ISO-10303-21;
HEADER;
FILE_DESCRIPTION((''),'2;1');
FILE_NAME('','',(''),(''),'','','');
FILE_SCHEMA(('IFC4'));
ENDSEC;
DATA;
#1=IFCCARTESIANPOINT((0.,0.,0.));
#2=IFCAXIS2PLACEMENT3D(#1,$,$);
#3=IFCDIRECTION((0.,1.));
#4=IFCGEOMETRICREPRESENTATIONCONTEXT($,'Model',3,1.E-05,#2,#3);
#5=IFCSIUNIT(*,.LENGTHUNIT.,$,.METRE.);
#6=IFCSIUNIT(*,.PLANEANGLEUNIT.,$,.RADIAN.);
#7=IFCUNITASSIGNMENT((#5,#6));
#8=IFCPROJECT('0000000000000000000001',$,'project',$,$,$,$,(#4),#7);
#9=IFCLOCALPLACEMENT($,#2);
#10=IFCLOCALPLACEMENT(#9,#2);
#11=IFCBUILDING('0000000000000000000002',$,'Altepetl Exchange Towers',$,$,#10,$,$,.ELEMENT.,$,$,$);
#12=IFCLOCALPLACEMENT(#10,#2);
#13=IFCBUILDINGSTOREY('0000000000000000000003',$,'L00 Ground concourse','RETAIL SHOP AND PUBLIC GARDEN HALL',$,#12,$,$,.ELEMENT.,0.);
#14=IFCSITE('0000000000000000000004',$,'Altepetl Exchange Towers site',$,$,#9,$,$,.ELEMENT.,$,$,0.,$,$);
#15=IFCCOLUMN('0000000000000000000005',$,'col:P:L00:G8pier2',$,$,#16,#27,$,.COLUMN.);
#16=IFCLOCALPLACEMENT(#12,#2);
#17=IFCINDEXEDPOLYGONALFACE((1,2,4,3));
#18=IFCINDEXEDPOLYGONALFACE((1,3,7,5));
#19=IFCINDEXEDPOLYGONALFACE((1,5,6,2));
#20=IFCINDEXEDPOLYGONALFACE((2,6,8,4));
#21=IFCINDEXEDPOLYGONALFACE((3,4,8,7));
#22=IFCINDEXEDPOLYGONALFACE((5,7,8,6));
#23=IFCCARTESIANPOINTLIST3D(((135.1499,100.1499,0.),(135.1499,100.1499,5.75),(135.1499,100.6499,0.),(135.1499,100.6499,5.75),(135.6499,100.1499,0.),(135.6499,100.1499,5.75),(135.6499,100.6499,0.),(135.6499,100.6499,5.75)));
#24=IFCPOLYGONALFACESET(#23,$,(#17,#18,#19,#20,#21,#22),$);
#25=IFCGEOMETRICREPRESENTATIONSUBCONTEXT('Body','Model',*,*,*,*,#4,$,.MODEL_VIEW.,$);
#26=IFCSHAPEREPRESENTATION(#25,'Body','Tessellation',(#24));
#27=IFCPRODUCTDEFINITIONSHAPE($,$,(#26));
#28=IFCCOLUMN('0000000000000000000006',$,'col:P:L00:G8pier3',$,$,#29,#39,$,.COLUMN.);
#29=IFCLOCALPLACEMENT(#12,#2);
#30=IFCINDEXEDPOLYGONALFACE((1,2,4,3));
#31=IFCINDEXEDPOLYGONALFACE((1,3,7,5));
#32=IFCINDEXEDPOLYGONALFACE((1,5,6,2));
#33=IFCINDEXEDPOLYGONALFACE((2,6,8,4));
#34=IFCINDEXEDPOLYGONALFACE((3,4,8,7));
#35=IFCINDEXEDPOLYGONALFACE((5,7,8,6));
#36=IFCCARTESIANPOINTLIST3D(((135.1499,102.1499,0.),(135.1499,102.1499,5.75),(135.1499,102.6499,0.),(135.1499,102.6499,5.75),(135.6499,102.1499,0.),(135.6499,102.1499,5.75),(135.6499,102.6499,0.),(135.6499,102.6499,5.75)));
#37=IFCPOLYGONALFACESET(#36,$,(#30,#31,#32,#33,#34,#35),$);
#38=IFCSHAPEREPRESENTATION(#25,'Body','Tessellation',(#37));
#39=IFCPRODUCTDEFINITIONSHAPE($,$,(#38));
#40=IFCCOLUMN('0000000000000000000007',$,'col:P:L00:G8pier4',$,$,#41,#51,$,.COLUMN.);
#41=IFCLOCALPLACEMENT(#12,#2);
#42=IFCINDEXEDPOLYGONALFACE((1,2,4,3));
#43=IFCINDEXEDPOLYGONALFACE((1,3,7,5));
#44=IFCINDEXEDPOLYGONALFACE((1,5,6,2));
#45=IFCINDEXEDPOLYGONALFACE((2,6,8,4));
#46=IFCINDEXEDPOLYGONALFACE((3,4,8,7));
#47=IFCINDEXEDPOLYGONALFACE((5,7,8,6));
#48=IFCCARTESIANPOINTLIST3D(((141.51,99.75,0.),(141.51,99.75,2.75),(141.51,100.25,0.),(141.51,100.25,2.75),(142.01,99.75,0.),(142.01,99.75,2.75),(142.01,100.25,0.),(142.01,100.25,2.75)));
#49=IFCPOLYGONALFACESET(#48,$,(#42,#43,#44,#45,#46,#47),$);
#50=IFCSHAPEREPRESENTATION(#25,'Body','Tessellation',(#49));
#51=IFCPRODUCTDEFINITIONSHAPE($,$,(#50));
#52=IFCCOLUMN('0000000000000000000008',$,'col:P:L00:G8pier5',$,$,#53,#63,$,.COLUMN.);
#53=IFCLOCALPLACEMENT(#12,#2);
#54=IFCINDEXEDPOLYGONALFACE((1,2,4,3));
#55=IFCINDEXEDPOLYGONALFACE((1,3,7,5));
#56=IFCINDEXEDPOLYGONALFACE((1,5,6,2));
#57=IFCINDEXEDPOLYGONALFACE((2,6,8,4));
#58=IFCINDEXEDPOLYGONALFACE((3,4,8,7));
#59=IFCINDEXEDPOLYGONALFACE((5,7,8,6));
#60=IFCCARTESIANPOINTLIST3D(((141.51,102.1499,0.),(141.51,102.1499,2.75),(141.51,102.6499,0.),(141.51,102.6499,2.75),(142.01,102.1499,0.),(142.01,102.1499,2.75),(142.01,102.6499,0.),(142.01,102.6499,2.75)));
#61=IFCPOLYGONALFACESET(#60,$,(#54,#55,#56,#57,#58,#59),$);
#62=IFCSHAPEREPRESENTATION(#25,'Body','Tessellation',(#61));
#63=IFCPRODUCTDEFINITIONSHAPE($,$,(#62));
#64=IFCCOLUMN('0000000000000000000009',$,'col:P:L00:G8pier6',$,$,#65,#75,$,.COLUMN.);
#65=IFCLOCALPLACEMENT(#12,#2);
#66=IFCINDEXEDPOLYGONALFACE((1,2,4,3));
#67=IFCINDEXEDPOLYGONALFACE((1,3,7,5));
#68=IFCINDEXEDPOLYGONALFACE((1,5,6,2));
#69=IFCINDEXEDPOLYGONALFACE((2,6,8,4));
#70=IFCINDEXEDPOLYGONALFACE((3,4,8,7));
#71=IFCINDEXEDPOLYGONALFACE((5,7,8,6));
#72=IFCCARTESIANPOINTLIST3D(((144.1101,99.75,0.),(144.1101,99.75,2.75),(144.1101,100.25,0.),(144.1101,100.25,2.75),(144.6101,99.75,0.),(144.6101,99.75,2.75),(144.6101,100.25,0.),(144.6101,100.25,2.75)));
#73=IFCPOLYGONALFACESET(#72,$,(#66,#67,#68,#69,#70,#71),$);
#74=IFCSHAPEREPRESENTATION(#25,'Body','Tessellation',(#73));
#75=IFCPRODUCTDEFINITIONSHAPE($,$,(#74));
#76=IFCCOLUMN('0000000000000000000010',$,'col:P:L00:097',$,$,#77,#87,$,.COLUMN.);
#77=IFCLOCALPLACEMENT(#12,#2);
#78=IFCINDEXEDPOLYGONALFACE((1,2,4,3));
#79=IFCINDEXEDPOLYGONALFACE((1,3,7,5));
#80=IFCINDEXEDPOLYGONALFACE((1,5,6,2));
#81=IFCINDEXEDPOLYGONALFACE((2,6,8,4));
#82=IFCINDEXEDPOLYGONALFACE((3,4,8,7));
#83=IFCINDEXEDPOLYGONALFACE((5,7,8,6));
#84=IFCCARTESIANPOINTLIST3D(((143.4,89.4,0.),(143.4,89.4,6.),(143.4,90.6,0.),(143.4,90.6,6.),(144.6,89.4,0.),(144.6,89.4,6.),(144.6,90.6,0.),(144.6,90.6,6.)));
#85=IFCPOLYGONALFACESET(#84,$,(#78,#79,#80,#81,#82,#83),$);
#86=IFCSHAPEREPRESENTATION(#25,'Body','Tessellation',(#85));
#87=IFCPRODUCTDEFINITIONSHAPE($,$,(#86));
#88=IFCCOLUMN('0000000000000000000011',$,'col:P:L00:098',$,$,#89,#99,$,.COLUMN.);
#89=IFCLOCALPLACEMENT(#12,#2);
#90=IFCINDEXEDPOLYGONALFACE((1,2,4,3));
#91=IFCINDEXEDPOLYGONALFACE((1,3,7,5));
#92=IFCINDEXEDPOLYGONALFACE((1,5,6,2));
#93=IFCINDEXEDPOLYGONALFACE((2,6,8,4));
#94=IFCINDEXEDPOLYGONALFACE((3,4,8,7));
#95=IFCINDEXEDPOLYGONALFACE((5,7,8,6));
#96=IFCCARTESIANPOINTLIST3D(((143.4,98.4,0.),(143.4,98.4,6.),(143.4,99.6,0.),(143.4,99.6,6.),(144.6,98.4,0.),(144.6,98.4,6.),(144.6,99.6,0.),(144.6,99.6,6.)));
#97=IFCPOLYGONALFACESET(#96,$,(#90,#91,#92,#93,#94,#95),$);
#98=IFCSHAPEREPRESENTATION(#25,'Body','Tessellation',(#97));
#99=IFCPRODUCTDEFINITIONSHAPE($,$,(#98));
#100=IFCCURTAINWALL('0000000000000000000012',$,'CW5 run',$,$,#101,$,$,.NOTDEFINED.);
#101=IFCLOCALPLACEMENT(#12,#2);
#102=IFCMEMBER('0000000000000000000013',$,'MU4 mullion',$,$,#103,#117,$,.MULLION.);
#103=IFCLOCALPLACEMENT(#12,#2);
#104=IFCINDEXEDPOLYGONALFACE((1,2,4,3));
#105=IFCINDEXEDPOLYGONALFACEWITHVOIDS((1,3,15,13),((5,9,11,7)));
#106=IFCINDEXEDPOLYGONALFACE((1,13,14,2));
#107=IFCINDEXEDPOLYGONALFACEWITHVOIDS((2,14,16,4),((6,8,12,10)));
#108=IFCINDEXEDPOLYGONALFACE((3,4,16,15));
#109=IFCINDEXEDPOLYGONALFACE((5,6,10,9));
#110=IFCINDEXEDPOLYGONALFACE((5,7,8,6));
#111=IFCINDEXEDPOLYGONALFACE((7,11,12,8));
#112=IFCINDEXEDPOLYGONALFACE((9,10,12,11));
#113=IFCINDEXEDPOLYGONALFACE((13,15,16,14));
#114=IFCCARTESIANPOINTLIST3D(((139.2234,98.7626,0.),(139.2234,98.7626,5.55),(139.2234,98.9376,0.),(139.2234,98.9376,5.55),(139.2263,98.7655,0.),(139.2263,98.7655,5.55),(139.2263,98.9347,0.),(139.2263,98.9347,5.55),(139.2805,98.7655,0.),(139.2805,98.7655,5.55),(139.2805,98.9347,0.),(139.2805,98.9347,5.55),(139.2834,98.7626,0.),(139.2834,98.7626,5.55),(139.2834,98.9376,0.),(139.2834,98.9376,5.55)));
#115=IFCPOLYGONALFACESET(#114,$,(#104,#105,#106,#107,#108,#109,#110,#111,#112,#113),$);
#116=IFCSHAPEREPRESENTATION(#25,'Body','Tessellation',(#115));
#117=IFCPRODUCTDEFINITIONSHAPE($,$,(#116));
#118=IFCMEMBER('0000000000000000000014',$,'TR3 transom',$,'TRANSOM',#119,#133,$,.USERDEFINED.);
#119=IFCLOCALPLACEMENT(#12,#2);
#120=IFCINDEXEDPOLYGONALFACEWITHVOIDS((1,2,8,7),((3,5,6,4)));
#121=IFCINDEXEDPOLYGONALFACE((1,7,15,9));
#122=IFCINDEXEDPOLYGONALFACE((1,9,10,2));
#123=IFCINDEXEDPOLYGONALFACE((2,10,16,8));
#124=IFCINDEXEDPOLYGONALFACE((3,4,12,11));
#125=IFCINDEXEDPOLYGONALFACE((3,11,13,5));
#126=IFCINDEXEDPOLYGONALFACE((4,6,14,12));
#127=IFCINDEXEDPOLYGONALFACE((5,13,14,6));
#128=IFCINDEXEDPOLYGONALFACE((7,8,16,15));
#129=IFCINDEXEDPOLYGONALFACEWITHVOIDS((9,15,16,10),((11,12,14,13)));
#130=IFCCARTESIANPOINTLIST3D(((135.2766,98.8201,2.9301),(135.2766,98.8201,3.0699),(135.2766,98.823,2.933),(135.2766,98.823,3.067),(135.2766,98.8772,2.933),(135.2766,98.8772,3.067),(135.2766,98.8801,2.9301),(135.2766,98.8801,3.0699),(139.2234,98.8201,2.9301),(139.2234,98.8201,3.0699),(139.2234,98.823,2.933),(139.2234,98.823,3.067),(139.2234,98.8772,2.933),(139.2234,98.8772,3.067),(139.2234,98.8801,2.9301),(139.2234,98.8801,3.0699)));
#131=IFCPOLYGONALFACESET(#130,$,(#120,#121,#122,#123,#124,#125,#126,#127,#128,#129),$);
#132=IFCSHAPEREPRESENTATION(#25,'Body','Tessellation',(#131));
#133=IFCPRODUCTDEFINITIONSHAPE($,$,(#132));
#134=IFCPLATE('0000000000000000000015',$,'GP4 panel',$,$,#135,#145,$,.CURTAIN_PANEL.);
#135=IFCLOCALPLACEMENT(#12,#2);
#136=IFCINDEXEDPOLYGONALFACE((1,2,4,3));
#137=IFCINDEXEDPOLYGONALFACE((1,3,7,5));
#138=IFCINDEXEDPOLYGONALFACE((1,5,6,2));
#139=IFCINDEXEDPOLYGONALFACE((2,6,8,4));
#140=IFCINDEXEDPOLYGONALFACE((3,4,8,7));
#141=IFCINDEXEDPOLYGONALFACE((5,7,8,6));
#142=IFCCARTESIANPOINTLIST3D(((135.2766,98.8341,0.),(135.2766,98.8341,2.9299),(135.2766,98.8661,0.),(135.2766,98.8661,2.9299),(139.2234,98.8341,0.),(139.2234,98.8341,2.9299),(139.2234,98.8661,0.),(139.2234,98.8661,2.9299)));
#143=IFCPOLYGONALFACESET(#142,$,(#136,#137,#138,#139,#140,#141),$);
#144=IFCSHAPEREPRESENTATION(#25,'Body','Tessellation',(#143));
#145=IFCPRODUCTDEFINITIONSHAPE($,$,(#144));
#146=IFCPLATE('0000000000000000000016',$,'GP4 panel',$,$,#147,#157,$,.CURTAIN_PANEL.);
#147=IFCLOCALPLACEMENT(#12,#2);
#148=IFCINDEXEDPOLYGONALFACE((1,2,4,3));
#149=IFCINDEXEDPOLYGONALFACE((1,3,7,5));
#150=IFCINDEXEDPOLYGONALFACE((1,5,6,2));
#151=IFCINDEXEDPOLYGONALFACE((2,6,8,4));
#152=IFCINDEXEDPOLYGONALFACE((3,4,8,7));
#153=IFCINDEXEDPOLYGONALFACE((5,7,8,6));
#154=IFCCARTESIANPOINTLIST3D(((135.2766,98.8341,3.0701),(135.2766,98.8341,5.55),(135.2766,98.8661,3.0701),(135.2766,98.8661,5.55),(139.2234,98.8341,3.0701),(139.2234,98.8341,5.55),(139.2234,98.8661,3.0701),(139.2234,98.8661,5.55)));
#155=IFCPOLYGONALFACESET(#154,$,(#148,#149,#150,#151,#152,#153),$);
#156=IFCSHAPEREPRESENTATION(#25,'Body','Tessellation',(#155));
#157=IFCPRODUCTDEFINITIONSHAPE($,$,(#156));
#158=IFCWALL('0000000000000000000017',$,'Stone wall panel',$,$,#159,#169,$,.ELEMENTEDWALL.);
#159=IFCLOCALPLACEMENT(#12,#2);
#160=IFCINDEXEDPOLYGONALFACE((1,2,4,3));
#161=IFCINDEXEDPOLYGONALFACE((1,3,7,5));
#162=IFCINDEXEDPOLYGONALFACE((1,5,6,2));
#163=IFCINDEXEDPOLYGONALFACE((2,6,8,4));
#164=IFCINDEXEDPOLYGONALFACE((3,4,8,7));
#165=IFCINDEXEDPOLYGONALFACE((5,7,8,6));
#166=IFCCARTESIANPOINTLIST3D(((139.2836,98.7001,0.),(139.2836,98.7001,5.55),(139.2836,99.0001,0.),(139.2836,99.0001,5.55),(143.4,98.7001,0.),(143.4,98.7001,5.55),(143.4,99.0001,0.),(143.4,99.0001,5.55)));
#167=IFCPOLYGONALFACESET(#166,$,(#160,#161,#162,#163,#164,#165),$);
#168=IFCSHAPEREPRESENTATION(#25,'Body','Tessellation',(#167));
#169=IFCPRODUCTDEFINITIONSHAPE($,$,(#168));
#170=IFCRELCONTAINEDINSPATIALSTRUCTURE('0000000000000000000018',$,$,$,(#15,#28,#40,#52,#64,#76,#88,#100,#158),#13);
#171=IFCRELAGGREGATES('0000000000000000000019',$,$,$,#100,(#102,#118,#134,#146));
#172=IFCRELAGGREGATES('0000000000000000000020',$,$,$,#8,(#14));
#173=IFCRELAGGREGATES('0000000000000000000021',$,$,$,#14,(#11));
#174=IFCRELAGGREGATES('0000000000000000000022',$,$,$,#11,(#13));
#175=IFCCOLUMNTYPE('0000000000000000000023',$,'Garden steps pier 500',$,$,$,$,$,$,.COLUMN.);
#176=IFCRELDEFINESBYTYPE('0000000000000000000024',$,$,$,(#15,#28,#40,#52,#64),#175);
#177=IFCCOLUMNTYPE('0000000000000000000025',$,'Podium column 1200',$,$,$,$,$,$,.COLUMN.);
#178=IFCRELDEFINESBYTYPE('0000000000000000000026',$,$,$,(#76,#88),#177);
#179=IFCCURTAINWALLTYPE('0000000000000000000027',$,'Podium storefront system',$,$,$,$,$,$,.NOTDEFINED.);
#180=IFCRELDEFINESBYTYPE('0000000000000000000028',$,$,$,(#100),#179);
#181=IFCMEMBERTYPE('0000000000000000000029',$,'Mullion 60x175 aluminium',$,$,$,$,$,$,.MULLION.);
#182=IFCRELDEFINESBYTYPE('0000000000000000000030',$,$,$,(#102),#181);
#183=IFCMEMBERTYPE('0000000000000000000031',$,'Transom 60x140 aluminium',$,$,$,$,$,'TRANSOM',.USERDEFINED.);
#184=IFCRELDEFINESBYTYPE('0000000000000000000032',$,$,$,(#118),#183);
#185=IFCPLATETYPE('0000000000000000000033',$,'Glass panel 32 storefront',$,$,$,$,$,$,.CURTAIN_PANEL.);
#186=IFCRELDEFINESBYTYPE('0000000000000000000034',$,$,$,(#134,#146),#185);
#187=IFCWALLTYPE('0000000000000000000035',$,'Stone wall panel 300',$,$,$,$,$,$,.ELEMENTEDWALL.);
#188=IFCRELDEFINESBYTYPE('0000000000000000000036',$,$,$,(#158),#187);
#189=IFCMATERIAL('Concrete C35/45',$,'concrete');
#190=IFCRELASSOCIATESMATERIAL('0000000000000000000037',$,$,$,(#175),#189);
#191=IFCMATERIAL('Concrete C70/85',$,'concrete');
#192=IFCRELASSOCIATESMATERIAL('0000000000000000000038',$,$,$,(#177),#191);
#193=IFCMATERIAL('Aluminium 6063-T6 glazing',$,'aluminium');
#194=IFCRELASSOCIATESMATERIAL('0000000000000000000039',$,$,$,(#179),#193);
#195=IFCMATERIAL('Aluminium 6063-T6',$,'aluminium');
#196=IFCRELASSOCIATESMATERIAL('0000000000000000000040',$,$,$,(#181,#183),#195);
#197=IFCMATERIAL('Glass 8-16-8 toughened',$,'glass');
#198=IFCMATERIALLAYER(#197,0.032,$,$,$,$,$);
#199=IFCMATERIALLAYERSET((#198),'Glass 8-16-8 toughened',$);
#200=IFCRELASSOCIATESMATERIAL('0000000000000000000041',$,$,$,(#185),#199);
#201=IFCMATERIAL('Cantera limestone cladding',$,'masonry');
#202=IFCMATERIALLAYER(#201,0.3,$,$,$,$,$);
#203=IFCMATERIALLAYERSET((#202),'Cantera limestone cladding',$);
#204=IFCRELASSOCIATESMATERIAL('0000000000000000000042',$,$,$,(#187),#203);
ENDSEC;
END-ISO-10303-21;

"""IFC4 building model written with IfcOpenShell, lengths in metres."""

from ifc_helpers import new_model, si_unit, direction, frame, frame_2d, origin, origin_2d, place, context, subcontext, project, spatial, rectangle, hollow_rectangle, extrude, material, layer, layer_set, material_profile, profile_set, type_object, element, aggregate, save


model = new_model("IFC4")

# Units and contexts
model_context = context("Model", 3, precision=1e-05, world=origin(), true_north=direction((0.0, 1.0)))
body_context = subcontext(model_context, "Body", "Model", "MODEL_VIEW")
ifc_project = project(units=[si_unit("LENGTHUNIT", "METRE"), si_unit("PLANEANGLEUNIT", "RADIAN")], contexts=[model_context])

# Site, building, storey
site_placement = place(None, origin())
site = spatial("IfcSite", under=ifc_project, at=site_placement, Name="Altepetl Exchange Towers site", CompositionType="ELEMENT", RefElevation=0.0)
building_placement = place(site_placement, origin())
building = spatial("IfcBuilding", under=site, at=building_placement, Name="Altepetl Exchange Towers", CompositionType="ELEMENT")
storey_placement = place(building_placement, origin())
storey = spatial("IfcBuildingStorey", under=building, at=storey_placement, Name="L00 Ground concourse", Description="RETAIL SHOP AND PUBLIC GARDEN HALL", CompositionType="ELEMENT", Elevation=0.0)

# Columns
ifc_material_1 = material(Name="Concrete C35/45", Category="concrete")
ifc_material_profile_1 = material_profile(ifc_material_1, rectangle(XDim=0.5, YDim=0.5, at=origin_2d()), Name="500 x 500")
ifc_profile_set_1 = profile_set([ifc_material_profile_1], Name="Concrete C35/45")
column_type_1 = type_object("IfcColumnType", Name="Garden steps pier 500", PredefinedType="COLUMN", material=ifc_profile_set_1)
for number, where, name in (
    (1, (135.3999, 100.3999, 0.0), "col:P:L00:G8pier2"),
    (2, (135.3999, 102.3999, 0.0), "col:P:L00:G8pier3"),
):
    element("IfcColumn", number, at=place(storey_placement, frame(where)), inside=storey, type_object=column_type_1, Name=name, PredefinedType="COLUMN", context=body_context, shape_type="SweptSolid", body=[
        extrude(rectangle(XDim=0.5, YDim=0.5, at=origin_2d()), origin(), (0.0, 0.0, 1.0), 5.75),
    ])
for number, where, name in (
    (3, (141.76, 100.0, 0.0), "col:P:L00:G8pier4"),
    (4, (141.76, 102.3999, 0.0), "col:P:L00:G8pier5"),
    (5, (144.3601, 100.0, 0.0), "col:P:L00:G8pier6"),
):
    element("IfcColumn", number, at=place(storey_placement, frame(where)), inside=storey, type_object=column_type_1, Name=name, PredefinedType="COLUMN", context=body_context, shape_type="SweptSolid", body=[
        extrude(rectangle(XDim=0.5, YDim=0.5, at=origin_2d()), origin(), (0.0, 0.0, 1.0), 2.75),
    ])
ifc_material_2 = material(Name="Concrete C70/85", Category="concrete")
ifc_material_profile_2 = material_profile(ifc_material_2, rectangle(XDim=1.2, YDim=1.2, at=origin_2d()), Name="1200 x 1200")
ifc_profile_set_2 = profile_set([ifc_material_profile_2], Name="Concrete C70/85")
column_type_2 = type_object("IfcColumnType", Name="Podium column 1200", PredefinedType="COLUMN", material=ifc_profile_set_2)
for number, where, name in (
    (6, (144.0, 90.0, 0.0), "col:P:L00:097"),
    (7, (144.0, 99.0, 0.0), "col:P:L00:098"),
):
    element("IfcColumn", number, at=place(storey_placement, frame(where)), inside=storey, type_object=column_type_2, Name=name, PredefinedType="COLUMN", context=body_context, shape_type="SweptSolid", body=[
        extrude(rectangle(XDim=1.2, YDim=1.2, at=origin_2d()), origin(), (0.0, 0.0, 1.0), 6.0),
    ])

# Curtain wall, members, plates
ifc_material_3 = material(Name="Aluminium 6063-T6 glazing", Category="aluminium")
curtain_wall_type = type_object("IfcCurtainWallType", Name="Podium storefront system", PredefinedType="NOTDEFINED", material=ifc_material_3)
curtain_wall_placement = place(storey_placement, origin())
curtain_wall = element("IfcCurtainWall", 8, at=curtain_wall_placement, inside=storey, type_object=curtain_wall_type, Name="CW5 run", PredefinedType="NOTDEFINED")
ifc_material_4 = material(Name="Aluminium 6063-T6", Category="aluminium")
ifc_material_profile_3 = material_profile(ifc_material_4, hollow_rectangle(XDim=0.0601, YDim=0.175, WallThickness=0.0029, at=origin_2d()), Name="Mullion 60x175 aluminium")
ifc_profile_set_3 = profile_set([ifc_material_profile_3], Name="Aluminium 6063-T6")
member_type_1 = type_object("IfcMemberType", Name="Mullion 60x175 aluminium", PredefinedType="MULLION", material=ifc_profile_set_3)
member_1_placement = place(storey_placement, frame((139.2534, 98.8501, 0.0), z_axis=(0.0, 0.0, 1.0), x_axis=(-1.0, 0.0, 0.0)))
member_1 = element("IfcMember", 9, at=member_1_placement, type_object=member_type_1, Name="MU4 mullion", PredefinedType="MULLION", context=body_context, shape_type="SweptSolid", body=[
    extrude(hollow_rectangle(XDim=0.0601, YDim=0.175, WallThickness=0.0029, at=origin_2d()), origin(), (0.0, 0.0, 1.0), 5.55),
])
ifc_material_profile_4 = material_profile(ifc_material_4, hollow_rectangle(XDim=0.0601, YDim=0.1399, WallThickness=0.0029, at=origin_2d()), Name="Transom 60x140 aluminium")
ifc_profile_set_4 = profile_set([ifc_material_profile_4], Name="Aluminium 6063-T6")
member_type_2 = type_object("IfcMemberType", Name="Transom 60x140 aluminium", ElementType="TRANSOM", PredefinedType="USERDEFINED", material=ifc_profile_set_4)
member_2_placement = place(storey_placement, frame((139.2234, 98.8501, 3.0), z_axis=(-1.0, 0.0, 0.0), x_axis=(0.0, -1.0, 0.0)))
member_2 = element("IfcMember", 10, at=member_2_placement, type_object=member_type_2, Name="TR3 transom", ObjectType="TRANSOM", PredefinedType="USERDEFINED", context=body_context, shape_type="SweptSolid", body=[
    extrude(hollow_rectangle(XDim=0.0601, YDim=0.1399, WallThickness=0.0029, at=origin_2d()), origin(), (0.0, 0.0, 1.0), 3.9468),
])
ifc_material_5 = material(Name="Glass 8-16-8 toughened", Category="glass")
ifc_layer_1 = layer(ifc_material_5, 0.032)
ifc_layer_set_1 = layer_set([ifc_layer_1], Name="Glass 8-16-8 toughened")
plate_type = type_object("IfcPlateType", Name="Glass panel 32 storefront", PredefinedType="CURTAIN_PANEL", material=ifc_layer_set_1)
plate_1_placement = place(storey_placement, frame((137.25, 98.8501, 0.0), z_axis=(0.0, 0.0, 1.0), x_axis=(-1.0, 0.0, 0.0)))
plate_1 = element("IfcPlate", 11, at=plate_1_placement, type_object=plate_type, Name="GP4 panel", PredefinedType="CURTAIN_PANEL", context=body_context, shape_type="SweptSolid", body=[
    extrude(rectangle(XDim=3.9468, YDim=0.032, at=origin_2d()), origin(), (0.0, 0.0, 1.0), 2.9299),
])
plate_2_placement = place(storey_placement, frame((137.25, 98.8501, 3.0701), z_axis=(0.0, 0.0, 1.0), x_axis=(-1.0, 0.0, 0.0)))
plate_2 = element("IfcPlate", 12, at=plate_2_placement, type_object=plate_type, Name="GP4 panel", PredefinedType="CURTAIN_PANEL", context=body_context, shape_type="SweptSolid", body=[
    extrude(rectangle(XDim=3.9468, YDim=0.032, at=origin_2d()), origin(), (0.0, 0.0, 1.0), 2.48),
])
aggregate(curtain_wall, [member_1, member_2, plate_1, plate_2])

# Wall
ifc_material_6 = material(Name="Cantera limestone cladding", Category="masonry")
ifc_layer_2 = layer(ifc_material_6, 0.3)
ifc_layer_set_2 = layer_set([ifc_layer_2], Name="Cantera limestone cladding")
wall_type = type_object("IfcWallType", Name="Stone wall panel 300", PredefinedType="ELEMENTEDWALL", material=ifc_layer_set_2)
wall_placement = place(storey_placement, frame((143.3999, 98.8501, 0.0), z_axis=(0.0, 0.0, 1.0), x_axis=(-1.0, 0.0, 0.0)))
element("IfcWall", 13, at=wall_placement, inside=storey, type_object=wall_type, Name="Stone wall panel", PredefinedType="ELEMENTEDWALL", context=body_context, shape_type="SweptSolid", body=[
    extrude(rectangle(XDim=4.1165, YDim=0.3, at=frame_2d((2.0581, 0.0))), origin(), (0.0, 0.0, 1.0), 5.55),
])

save(model, "model.ifc")
